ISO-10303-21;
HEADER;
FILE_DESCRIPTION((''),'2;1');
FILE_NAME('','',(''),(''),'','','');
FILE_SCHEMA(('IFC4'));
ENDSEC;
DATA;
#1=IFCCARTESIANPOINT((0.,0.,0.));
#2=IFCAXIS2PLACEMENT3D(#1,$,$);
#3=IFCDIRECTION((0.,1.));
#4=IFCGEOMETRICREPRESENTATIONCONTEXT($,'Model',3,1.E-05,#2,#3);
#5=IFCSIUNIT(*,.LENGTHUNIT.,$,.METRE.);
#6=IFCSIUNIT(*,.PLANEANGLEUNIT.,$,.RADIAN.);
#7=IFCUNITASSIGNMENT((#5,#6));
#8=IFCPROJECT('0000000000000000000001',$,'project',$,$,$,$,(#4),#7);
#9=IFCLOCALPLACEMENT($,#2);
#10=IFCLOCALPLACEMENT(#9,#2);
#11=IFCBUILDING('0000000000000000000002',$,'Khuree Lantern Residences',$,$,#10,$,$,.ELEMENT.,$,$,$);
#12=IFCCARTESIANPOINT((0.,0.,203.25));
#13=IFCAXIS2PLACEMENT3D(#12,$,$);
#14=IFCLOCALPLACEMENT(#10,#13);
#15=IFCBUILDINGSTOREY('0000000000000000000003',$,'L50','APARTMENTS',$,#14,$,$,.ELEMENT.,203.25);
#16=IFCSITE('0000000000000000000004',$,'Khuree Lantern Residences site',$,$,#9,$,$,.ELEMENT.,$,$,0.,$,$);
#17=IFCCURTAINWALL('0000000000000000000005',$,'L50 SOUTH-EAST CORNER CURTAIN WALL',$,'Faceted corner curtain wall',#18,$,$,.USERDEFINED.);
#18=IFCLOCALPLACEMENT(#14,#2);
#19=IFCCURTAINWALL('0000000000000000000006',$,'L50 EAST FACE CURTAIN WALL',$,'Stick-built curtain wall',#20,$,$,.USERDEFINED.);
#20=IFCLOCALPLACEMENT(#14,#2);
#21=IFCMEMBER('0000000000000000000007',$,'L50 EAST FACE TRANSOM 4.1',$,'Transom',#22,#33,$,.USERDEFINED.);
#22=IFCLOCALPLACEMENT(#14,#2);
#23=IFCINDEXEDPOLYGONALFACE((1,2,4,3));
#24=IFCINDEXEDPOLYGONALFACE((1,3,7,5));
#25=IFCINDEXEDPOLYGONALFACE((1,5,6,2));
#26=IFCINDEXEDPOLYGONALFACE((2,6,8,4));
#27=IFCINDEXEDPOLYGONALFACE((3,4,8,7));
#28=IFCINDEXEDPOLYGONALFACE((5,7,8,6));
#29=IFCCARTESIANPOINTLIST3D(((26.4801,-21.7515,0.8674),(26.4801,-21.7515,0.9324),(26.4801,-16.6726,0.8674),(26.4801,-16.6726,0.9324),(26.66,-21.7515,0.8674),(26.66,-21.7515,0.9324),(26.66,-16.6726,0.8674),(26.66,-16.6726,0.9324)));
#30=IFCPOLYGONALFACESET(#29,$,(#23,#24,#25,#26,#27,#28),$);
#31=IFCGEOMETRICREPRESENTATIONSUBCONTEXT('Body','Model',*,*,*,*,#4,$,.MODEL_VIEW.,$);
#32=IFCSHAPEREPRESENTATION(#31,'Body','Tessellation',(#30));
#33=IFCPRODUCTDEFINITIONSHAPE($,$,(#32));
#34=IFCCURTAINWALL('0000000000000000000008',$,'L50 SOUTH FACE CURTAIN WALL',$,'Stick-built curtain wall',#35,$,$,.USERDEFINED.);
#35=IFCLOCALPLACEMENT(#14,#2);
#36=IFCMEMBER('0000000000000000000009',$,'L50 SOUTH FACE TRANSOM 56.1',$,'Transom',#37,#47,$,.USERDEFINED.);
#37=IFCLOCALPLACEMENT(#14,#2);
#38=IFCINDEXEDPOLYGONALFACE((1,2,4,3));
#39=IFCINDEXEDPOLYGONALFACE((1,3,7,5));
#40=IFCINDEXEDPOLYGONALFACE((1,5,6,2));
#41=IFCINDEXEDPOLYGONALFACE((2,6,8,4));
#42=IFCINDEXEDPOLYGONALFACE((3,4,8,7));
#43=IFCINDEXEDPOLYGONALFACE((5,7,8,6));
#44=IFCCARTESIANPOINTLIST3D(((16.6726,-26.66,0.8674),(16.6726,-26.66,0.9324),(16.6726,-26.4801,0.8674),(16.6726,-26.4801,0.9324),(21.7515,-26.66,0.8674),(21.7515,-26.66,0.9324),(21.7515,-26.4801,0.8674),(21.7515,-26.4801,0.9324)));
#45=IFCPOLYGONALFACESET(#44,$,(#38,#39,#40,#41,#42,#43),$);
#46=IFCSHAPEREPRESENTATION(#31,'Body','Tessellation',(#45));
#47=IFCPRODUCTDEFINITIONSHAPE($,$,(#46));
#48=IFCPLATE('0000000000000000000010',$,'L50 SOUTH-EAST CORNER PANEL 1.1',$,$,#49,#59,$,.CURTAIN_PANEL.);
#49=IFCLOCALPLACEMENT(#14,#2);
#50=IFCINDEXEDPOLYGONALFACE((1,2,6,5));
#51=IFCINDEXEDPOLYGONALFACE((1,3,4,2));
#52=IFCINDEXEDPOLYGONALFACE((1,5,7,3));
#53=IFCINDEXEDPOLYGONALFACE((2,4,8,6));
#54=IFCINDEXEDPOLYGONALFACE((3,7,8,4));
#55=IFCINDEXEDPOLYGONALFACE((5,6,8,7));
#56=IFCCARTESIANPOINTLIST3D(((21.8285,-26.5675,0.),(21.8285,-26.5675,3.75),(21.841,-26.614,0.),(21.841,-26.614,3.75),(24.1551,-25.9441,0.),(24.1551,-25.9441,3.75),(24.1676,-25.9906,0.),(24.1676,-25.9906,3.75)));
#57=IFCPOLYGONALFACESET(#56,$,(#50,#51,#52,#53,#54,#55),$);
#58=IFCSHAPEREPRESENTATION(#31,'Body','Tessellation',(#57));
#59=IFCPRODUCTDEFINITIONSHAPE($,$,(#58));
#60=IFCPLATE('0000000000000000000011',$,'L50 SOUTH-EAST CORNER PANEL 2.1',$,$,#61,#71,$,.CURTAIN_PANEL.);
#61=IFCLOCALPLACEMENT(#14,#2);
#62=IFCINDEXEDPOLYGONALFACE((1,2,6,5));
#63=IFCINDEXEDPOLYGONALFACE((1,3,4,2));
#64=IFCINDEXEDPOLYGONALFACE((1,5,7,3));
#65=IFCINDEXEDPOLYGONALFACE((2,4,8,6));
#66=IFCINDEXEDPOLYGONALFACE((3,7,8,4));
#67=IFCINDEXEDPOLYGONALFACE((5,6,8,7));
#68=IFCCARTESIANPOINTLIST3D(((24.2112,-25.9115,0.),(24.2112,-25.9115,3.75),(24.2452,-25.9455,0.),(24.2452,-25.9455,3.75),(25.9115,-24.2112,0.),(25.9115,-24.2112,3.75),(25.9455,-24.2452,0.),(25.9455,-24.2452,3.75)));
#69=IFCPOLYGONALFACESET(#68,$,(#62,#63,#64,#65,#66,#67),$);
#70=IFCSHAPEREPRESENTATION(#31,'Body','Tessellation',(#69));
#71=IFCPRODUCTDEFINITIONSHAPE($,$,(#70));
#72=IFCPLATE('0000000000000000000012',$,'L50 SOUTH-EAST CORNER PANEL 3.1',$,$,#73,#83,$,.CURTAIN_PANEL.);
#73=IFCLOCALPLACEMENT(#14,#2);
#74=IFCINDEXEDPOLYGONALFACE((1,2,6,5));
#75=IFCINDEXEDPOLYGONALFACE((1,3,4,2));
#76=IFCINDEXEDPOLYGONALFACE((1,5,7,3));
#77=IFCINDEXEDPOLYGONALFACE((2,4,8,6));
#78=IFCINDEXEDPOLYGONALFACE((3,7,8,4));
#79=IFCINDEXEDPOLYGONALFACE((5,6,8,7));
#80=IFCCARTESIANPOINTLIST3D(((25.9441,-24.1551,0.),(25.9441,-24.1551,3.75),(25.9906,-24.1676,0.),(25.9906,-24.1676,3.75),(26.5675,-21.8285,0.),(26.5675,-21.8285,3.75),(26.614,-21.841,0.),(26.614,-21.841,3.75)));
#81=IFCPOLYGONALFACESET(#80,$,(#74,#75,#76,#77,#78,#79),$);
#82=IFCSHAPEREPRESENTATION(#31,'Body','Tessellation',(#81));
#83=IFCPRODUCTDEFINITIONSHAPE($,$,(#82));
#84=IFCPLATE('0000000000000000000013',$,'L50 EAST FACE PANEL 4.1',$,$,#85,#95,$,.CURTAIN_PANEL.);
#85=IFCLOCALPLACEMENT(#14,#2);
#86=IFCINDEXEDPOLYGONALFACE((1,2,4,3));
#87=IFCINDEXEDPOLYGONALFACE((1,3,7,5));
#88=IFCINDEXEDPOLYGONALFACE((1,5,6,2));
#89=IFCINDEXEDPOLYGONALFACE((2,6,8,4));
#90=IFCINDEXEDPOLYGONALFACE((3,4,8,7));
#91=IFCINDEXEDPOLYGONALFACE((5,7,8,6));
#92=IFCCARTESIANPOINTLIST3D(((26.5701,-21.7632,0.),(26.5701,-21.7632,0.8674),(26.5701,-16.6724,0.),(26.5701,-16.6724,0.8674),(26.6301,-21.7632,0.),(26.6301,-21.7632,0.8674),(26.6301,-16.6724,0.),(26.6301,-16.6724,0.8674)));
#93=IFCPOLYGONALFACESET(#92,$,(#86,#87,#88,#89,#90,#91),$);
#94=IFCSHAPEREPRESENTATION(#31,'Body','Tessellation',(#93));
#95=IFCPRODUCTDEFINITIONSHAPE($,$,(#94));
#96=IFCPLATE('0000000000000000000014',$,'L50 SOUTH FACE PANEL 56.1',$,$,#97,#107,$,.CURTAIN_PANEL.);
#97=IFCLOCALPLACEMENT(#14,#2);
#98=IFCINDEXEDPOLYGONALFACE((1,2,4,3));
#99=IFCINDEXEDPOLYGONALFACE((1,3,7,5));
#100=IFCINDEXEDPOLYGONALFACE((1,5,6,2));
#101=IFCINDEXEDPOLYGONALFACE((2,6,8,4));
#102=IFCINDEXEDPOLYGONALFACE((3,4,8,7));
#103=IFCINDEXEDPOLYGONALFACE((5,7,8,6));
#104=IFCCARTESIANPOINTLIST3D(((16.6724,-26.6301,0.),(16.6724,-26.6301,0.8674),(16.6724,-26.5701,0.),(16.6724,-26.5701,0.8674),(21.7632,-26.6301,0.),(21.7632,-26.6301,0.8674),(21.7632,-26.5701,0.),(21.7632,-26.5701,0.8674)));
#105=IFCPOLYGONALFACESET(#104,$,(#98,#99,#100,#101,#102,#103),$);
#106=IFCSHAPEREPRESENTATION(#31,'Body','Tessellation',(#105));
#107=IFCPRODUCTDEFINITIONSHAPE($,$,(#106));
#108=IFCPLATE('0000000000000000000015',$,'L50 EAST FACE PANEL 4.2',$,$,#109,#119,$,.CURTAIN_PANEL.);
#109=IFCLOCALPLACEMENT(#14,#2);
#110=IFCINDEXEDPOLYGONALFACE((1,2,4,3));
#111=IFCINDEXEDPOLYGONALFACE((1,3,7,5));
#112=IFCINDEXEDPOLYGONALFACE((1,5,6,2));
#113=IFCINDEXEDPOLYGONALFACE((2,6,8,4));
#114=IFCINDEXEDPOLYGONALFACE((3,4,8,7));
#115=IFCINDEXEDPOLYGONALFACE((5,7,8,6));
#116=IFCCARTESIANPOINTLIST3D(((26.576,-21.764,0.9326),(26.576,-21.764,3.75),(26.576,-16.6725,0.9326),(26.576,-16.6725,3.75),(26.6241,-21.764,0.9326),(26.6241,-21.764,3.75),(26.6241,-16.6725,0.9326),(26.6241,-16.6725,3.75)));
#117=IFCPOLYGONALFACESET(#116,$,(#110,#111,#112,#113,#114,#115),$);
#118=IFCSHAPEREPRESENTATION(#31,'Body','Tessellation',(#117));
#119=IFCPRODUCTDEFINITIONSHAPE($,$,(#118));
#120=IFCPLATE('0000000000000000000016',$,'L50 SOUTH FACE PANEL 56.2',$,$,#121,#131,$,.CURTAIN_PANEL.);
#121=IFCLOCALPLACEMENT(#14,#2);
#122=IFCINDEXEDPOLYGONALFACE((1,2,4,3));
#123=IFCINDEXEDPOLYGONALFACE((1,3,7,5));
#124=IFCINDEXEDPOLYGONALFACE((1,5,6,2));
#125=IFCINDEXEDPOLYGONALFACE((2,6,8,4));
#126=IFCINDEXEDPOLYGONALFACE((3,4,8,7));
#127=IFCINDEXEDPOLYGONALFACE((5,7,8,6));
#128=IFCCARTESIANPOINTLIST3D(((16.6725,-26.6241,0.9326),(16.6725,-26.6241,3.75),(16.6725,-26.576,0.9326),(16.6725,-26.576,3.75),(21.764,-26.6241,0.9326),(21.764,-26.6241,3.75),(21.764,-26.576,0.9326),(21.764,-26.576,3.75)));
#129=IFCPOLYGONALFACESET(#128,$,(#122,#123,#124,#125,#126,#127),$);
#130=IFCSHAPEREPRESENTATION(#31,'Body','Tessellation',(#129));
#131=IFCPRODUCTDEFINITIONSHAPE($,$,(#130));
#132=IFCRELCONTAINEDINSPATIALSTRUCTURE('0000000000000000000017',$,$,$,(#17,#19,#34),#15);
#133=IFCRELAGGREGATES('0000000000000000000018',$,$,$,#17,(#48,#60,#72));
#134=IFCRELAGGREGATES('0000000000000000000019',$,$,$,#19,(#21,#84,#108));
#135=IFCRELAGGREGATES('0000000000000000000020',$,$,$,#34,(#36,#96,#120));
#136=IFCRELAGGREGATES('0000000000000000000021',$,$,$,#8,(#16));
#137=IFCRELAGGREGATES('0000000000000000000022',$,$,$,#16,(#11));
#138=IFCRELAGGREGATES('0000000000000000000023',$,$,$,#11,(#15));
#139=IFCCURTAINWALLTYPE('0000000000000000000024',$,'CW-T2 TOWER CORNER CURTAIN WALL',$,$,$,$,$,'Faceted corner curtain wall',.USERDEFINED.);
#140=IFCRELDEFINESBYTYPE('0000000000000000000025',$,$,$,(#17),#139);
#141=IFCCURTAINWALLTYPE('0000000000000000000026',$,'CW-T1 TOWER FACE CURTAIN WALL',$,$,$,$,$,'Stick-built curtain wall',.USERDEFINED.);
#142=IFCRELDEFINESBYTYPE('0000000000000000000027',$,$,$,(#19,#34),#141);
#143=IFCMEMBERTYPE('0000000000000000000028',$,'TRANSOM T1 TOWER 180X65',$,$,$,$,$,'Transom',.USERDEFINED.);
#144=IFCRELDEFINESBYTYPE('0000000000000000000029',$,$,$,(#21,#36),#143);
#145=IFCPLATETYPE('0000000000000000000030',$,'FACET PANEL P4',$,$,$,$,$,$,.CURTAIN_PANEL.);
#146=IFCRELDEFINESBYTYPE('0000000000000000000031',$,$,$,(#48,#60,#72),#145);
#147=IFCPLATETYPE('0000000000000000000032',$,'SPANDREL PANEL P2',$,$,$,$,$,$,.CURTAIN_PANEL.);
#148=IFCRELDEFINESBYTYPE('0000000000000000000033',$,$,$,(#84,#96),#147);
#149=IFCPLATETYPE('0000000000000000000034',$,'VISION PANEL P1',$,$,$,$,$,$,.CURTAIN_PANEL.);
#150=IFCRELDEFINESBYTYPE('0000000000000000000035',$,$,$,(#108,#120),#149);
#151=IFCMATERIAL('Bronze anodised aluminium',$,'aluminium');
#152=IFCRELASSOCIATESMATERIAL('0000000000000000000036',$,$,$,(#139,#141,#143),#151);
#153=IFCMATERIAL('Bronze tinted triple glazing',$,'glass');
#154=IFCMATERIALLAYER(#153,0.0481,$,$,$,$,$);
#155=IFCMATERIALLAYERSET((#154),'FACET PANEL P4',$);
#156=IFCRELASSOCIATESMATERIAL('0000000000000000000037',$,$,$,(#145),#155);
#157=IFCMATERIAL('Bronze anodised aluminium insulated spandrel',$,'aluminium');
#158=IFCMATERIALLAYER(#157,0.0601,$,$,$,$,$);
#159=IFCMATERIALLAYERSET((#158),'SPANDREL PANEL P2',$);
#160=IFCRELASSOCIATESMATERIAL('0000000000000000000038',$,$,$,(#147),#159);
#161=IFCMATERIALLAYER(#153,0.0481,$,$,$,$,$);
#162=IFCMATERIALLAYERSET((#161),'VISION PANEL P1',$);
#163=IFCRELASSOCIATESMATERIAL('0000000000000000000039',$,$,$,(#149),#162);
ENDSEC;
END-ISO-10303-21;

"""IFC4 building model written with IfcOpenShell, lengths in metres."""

from ifc_helpers import new_model, si_unit, direction, frame, origin, origin_2d, place, context, subcontext, project, spatial, rectangle, extrude, material, layer, layer_set, material_profile, profile_set, type_object, element, aggregate, save


model = new_model("IFC4")

# Units and contexts
model_context = context("Model", 3, precision=1e-05, world=origin(), true_north=direction((0.0, 1.0)))
body_context = subcontext(model_context, "Body", "Model", "MODEL_VIEW")
ifc_project = project(units=[si_unit("LENGTHUNIT", "METRE"), si_unit("PLANEANGLEUNIT", "RADIAN")], contexts=[model_context])

# Site, building, storey
site_placement = place(None, origin())
site = spatial("IfcSite", under=ifc_project, at=site_placement, Name="Khuree Lantern Residences site", CompositionType="ELEMENT", RefElevation=0.0)
building_placement = place(site_placement, origin())
building = spatial("IfcBuilding", under=site, at=building_placement, Name="Khuree Lantern Residences", CompositionType="ELEMENT")
storey_placement = place(building_placement, frame((0.0, 0.0, 203.25)))
storey = spatial("IfcBuildingStorey", under=building, at=storey_placement, Name="L50", Description="APARTMENTS", CompositionType="ELEMENT", Elevation=203.25)

# Curtain walls
ifc_material_1 = material(Name="Bronze anodised aluminium", Category="aluminium")
curtain_wall_type_1 = type_object("IfcCurtainWallType", Name="CW-T2 TOWER CORNER CURTAIN WALL", ElementType="Faceted corner curtain wall", PredefinedType="USERDEFINED", material=ifc_material_1)
curtain_wall_1_placement = place(storey_placement, origin())
curtain_wall_1 = element("IfcCurtainWall", 1, at=curtain_wall_1_placement, inside=storey, type_object=curtain_wall_type_1, Name="L50 SOUTH-EAST CORNER CURTAIN WALL", ObjectType="Faceted corner curtain wall", PredefinedType="USERDEFINED")
curtain_wall_type_2 = type_object("IfcCurtainWallType", Name="CW-T1 TOWER FACE CURTAIN WALL", ElementType="Stick-built curtain wall", PredefinedType="USERDEFINED", material=ifc_material_1)
curtain_wall_2_placement = place(storey_placement, origin())
curtain_wall_2 = element("IfcCurtainWall", 2, at=curtain_wall_2_placement, inside=storey, type_object=curtain_wall_type_2, Name="L50 EAST FACE CURTAIN WALL", ObjectType="Stick-built curtain wall", PredefinedType="USERDEFINED")

# Member
ifc_material_profile_1 = material_profile(ifc_material_1, rectangle(XDim=0.1799, YDim=0.0649, at=origin_2d()), Name="T1 180X65")
ifc_profile_set_1 = profile_set([ifc_material_profile_1], Name="Bronze anodised aluminium")
member_type_1 = type_object("IfcMemberType", Name="TRANSOM T1 TOWER 180X65", ElementType="Transom", PredefinedType="USERDEFINED", material=ifc_profile_set_1)
member_1_placement = place(storey_placement, frame((26.5701, -21.7515, 0.8999), z_axis=(0.0, 1.0, 0.0), x_axis=(-1.0, 0.0, 0.0)))
member_1 = element("IfcMember", 3, at=member_1_placement, type_object=member_type_1, Name="L50 EAST FACE TRANSOM 4.1", ObjectType="Transom", PredefinedType="USERDEFINED", context=body_context, shape_type="SweptSolid", body=[
    extrude(rectangle(XDim=0.1799, YDim=0.0649, at=origin_2d()), origin(), (0.0, 0.0, 1.0), 5.0789),
])

# Curtain wall, member
curtain_wall_3_placement = place(storey_placement, origin())
curtain_wall_3 = element("IfcCurtainWall", 4, at=curtain_wall_3_placement, inside=storey, type_object=curtain_wall_type_2, Name="L50 SOUTH FACE CURTAIN WALL", ObjectType="Stick-built curtain wall", PredefinedType="USERDEFINED")
member_2_placement = place(storey_placement, frame((16.6726, -26.5701, 0.8999), z_axis=(1.0, 0.0, 0.0), x_axis=(0.0, 1.0, 0.0)))
member_2 = element("IfcMember", 5, at=member_2_placement, type_object=member_type_1, Name="L50 SOUTH FACE TRANSOM 56.1", ObjectType="Transom", PredefinedType="USERDEFINED", context=body_context, shape_type="SweptSolid", body=[
    extrude(rectangle(XDim=0.1799, YDim=0.0649, at=origin_2d()), origin(), (0.0, 0.0, 1.0), 5.0789),
])

# Plates
ifc_material_2 = material(Name="Bronze tinted triple glazing", Category="glass")
ifc_layer_1 = layer(ifc_material_2, 0.0481)
ifc_layer_set_1 = layer_set([ifc_layer_1], Name="FACET PANEL P4")
plate_type_1 = type_object("IfcPlateType", Name="FACET PANEL P4", PredefinedType="CURTAIN_PANEL", material=ifc_layer_set_1)
plate_1_placement = place(storey_placement, frame((22.998, -26.2791, 0.0), z_axis=(0.0, 0.0, 1.0), x_axis=(0.965926, 0.258819, 0.0)))
plate_1 = element("IfcPlate", 6, at=plate_1_placement, type_object=plate_type_1, Name="L50 SOUTH-EAST CORNER PANEL 1.1", PredefinedType="CURTAIN_PANEL", context=body_context, shape_type="SweptSolid", body=[
    extrude(rectangle(XDim=2.4087, YDim=0.0481, at=origin_2d()), origin(), (0.0, 0.0, 1.0), 3.75),
])
plate_2_placement = place(storey_placement, frame((25.0784, -25.0784, 0.0), z_axis=(0.0, 0.0, 1.0), x_axis=(0.707107, 0.707107, 0.0)))
plate_2 = element("IfcPlate", 7, at=plate_2_placement, type_object=plate_type_1, Name="L50 SOUTH-EAST CORNER PANEL 2.1", PredefinedType="CURTAIN_PANEL", context=body_context, shape_type="SweptSolid", body=[
    extrude(rectangle(XDim=2.4045, YDim=0.0481, at=origin_2d()), origin(), (0.0, 0.0, 1.0), 3.75),
])
plate_3_placement = place(storey_placement, frame((26.2791, -22.998, 0.0), z_axis=(0.0, 0.0, 1.0), x_axis=(0.258819, 0.965926, 0.0)))
plate_3 = element("IfcPlate", 8, at=plate_3_placement, type_object=plate_type_1, Name="L50 SOUTH-EAST CORNER PANEL 3.1", PredefinedType="CURTAIN_PANEL", context=body_context, shape_type="SweptSolid", body=[
    extrude(rectangle(XDim=2.4087, YDim=0.0481, at=origin_2d()), origin(), (0.0, 0.0, 1.0), 3.75),
])
aggregate(curtain_wall_1, [plate_1, plate_2, plate_3])
ifc_material_3 = material(Name="Bronze anodised aluminium insulated spandrel", Category="aluminium")
ifc_layer_2 = layer(ifc_material_3, 0.0601)
ifc_layer_set_2 = layer_set([ifc_layer_2], Name="SPANDREL PANEL P2")
plate_type_2 = type_object("IfcPlateType", Name="SPANDREL PANEL P2", PredefinedType="CURTAIN_PANEL", material=ifc_layer_set_2)
plate_4_placement = place(storey_placement, frame((26.6001, -19.2178, 0.0), z_axis=(0.0, 0.0, 1.0), x_axis=(0.0, 1.0, 0.0)))
plate_4 = element("IfcPlate", 9, at=plate_4_placement, type_object=plate_type_2, Name="L50 EAST FACE PANEL 4.1", PredefinedType="CURTAIN_PANEL", context=body_context, shape_type="SweptSolid", body=[
    extrude(rectangle(XDim=5.0908, YDim=0.0601, at=origin_2d()), origin(), (0.0, 0.0, 1.0), 0.8674),
])
plate_5_placement = place(storey_placement, frame((19.2178, -26.6001, 0.0), z_axis=(0.0, 0.0, 1.0), x_axis=(1.0, 0.0, 0.0)))
plate_5 = element("IfcPlate", 10, at=plate_5_placement, type_object=plate_type_2, Name="L50 SOUTH FACE PANEL 56.1", PredefinedType="CURTAIN_PANEL", context=body_context, shape_type="SweptSolid", body=[
    extrude(rectangle(XDim=5.0908, YDim=0.0601, at=origin_2d()), origin(), (0.0, 0.0, 1.0), 0.8674),
])
ifc_layer_3 = layer(ifc_material_2, 0.0481)
ifc_layer_set_3 = layer_set([ifc_layer_3], Name="VISION PANEL P1")
plate_type_3 = type_object("IfcPlateType", Name="VISION PANEL P1", PredefinedType="CURTAIN_PANEL", material=ifc_layer_set_3)
plate_6_placement = place(storey_placement, frame((26.6001, -19.2183, 0.9326), z_axis=(0.0, 0.0, 1.0), x_axis=(0.0, 1.0, 0.0)))
plate_6 = element("IfcPlate", 11, at=plate_6_placement, type_object=plate_type_3, Name="L50 EAST FACE PANEL 4.2", PredefinedType="CURTAIN_PANEL", context=body_context, shape_type="SweptSolid", body=[
    extrude(rectangle(XDim=5.0916, YDim=0.0481, at=origin_2d()), origin(), (0.0, 0.0, 1.0), 2.8174),
])
aggregate(curtain_wall_2, [member_1, plate_4, plate_6])
plate_7_placement = place(storey_placement, frame((19.2183, -26.6001, 0.9326), z_axis=(0.0, 0.0, 1.0), x_axis=(1.0, 0.0, 0.0)))
plate_7 = element("IfcPlate", 12, at=plate_7_placement, type_object=plate_type_3, Name="L50 SOUTH FACE PANEL 56.2", PredefinedType="CURTAIN_PANEL", context=body_context, shape_type="SweptSolid", body=[
    extrude(rectangle(XDim=5.0916, YDim=0.0481, at=origin_2d()), origin(), (0.0, 0.0, 1.0), 2.8174),
])
aggregate(curtain_wall_3, [member_2, plate_5, plate_7])

save(model, "model.ifc")
